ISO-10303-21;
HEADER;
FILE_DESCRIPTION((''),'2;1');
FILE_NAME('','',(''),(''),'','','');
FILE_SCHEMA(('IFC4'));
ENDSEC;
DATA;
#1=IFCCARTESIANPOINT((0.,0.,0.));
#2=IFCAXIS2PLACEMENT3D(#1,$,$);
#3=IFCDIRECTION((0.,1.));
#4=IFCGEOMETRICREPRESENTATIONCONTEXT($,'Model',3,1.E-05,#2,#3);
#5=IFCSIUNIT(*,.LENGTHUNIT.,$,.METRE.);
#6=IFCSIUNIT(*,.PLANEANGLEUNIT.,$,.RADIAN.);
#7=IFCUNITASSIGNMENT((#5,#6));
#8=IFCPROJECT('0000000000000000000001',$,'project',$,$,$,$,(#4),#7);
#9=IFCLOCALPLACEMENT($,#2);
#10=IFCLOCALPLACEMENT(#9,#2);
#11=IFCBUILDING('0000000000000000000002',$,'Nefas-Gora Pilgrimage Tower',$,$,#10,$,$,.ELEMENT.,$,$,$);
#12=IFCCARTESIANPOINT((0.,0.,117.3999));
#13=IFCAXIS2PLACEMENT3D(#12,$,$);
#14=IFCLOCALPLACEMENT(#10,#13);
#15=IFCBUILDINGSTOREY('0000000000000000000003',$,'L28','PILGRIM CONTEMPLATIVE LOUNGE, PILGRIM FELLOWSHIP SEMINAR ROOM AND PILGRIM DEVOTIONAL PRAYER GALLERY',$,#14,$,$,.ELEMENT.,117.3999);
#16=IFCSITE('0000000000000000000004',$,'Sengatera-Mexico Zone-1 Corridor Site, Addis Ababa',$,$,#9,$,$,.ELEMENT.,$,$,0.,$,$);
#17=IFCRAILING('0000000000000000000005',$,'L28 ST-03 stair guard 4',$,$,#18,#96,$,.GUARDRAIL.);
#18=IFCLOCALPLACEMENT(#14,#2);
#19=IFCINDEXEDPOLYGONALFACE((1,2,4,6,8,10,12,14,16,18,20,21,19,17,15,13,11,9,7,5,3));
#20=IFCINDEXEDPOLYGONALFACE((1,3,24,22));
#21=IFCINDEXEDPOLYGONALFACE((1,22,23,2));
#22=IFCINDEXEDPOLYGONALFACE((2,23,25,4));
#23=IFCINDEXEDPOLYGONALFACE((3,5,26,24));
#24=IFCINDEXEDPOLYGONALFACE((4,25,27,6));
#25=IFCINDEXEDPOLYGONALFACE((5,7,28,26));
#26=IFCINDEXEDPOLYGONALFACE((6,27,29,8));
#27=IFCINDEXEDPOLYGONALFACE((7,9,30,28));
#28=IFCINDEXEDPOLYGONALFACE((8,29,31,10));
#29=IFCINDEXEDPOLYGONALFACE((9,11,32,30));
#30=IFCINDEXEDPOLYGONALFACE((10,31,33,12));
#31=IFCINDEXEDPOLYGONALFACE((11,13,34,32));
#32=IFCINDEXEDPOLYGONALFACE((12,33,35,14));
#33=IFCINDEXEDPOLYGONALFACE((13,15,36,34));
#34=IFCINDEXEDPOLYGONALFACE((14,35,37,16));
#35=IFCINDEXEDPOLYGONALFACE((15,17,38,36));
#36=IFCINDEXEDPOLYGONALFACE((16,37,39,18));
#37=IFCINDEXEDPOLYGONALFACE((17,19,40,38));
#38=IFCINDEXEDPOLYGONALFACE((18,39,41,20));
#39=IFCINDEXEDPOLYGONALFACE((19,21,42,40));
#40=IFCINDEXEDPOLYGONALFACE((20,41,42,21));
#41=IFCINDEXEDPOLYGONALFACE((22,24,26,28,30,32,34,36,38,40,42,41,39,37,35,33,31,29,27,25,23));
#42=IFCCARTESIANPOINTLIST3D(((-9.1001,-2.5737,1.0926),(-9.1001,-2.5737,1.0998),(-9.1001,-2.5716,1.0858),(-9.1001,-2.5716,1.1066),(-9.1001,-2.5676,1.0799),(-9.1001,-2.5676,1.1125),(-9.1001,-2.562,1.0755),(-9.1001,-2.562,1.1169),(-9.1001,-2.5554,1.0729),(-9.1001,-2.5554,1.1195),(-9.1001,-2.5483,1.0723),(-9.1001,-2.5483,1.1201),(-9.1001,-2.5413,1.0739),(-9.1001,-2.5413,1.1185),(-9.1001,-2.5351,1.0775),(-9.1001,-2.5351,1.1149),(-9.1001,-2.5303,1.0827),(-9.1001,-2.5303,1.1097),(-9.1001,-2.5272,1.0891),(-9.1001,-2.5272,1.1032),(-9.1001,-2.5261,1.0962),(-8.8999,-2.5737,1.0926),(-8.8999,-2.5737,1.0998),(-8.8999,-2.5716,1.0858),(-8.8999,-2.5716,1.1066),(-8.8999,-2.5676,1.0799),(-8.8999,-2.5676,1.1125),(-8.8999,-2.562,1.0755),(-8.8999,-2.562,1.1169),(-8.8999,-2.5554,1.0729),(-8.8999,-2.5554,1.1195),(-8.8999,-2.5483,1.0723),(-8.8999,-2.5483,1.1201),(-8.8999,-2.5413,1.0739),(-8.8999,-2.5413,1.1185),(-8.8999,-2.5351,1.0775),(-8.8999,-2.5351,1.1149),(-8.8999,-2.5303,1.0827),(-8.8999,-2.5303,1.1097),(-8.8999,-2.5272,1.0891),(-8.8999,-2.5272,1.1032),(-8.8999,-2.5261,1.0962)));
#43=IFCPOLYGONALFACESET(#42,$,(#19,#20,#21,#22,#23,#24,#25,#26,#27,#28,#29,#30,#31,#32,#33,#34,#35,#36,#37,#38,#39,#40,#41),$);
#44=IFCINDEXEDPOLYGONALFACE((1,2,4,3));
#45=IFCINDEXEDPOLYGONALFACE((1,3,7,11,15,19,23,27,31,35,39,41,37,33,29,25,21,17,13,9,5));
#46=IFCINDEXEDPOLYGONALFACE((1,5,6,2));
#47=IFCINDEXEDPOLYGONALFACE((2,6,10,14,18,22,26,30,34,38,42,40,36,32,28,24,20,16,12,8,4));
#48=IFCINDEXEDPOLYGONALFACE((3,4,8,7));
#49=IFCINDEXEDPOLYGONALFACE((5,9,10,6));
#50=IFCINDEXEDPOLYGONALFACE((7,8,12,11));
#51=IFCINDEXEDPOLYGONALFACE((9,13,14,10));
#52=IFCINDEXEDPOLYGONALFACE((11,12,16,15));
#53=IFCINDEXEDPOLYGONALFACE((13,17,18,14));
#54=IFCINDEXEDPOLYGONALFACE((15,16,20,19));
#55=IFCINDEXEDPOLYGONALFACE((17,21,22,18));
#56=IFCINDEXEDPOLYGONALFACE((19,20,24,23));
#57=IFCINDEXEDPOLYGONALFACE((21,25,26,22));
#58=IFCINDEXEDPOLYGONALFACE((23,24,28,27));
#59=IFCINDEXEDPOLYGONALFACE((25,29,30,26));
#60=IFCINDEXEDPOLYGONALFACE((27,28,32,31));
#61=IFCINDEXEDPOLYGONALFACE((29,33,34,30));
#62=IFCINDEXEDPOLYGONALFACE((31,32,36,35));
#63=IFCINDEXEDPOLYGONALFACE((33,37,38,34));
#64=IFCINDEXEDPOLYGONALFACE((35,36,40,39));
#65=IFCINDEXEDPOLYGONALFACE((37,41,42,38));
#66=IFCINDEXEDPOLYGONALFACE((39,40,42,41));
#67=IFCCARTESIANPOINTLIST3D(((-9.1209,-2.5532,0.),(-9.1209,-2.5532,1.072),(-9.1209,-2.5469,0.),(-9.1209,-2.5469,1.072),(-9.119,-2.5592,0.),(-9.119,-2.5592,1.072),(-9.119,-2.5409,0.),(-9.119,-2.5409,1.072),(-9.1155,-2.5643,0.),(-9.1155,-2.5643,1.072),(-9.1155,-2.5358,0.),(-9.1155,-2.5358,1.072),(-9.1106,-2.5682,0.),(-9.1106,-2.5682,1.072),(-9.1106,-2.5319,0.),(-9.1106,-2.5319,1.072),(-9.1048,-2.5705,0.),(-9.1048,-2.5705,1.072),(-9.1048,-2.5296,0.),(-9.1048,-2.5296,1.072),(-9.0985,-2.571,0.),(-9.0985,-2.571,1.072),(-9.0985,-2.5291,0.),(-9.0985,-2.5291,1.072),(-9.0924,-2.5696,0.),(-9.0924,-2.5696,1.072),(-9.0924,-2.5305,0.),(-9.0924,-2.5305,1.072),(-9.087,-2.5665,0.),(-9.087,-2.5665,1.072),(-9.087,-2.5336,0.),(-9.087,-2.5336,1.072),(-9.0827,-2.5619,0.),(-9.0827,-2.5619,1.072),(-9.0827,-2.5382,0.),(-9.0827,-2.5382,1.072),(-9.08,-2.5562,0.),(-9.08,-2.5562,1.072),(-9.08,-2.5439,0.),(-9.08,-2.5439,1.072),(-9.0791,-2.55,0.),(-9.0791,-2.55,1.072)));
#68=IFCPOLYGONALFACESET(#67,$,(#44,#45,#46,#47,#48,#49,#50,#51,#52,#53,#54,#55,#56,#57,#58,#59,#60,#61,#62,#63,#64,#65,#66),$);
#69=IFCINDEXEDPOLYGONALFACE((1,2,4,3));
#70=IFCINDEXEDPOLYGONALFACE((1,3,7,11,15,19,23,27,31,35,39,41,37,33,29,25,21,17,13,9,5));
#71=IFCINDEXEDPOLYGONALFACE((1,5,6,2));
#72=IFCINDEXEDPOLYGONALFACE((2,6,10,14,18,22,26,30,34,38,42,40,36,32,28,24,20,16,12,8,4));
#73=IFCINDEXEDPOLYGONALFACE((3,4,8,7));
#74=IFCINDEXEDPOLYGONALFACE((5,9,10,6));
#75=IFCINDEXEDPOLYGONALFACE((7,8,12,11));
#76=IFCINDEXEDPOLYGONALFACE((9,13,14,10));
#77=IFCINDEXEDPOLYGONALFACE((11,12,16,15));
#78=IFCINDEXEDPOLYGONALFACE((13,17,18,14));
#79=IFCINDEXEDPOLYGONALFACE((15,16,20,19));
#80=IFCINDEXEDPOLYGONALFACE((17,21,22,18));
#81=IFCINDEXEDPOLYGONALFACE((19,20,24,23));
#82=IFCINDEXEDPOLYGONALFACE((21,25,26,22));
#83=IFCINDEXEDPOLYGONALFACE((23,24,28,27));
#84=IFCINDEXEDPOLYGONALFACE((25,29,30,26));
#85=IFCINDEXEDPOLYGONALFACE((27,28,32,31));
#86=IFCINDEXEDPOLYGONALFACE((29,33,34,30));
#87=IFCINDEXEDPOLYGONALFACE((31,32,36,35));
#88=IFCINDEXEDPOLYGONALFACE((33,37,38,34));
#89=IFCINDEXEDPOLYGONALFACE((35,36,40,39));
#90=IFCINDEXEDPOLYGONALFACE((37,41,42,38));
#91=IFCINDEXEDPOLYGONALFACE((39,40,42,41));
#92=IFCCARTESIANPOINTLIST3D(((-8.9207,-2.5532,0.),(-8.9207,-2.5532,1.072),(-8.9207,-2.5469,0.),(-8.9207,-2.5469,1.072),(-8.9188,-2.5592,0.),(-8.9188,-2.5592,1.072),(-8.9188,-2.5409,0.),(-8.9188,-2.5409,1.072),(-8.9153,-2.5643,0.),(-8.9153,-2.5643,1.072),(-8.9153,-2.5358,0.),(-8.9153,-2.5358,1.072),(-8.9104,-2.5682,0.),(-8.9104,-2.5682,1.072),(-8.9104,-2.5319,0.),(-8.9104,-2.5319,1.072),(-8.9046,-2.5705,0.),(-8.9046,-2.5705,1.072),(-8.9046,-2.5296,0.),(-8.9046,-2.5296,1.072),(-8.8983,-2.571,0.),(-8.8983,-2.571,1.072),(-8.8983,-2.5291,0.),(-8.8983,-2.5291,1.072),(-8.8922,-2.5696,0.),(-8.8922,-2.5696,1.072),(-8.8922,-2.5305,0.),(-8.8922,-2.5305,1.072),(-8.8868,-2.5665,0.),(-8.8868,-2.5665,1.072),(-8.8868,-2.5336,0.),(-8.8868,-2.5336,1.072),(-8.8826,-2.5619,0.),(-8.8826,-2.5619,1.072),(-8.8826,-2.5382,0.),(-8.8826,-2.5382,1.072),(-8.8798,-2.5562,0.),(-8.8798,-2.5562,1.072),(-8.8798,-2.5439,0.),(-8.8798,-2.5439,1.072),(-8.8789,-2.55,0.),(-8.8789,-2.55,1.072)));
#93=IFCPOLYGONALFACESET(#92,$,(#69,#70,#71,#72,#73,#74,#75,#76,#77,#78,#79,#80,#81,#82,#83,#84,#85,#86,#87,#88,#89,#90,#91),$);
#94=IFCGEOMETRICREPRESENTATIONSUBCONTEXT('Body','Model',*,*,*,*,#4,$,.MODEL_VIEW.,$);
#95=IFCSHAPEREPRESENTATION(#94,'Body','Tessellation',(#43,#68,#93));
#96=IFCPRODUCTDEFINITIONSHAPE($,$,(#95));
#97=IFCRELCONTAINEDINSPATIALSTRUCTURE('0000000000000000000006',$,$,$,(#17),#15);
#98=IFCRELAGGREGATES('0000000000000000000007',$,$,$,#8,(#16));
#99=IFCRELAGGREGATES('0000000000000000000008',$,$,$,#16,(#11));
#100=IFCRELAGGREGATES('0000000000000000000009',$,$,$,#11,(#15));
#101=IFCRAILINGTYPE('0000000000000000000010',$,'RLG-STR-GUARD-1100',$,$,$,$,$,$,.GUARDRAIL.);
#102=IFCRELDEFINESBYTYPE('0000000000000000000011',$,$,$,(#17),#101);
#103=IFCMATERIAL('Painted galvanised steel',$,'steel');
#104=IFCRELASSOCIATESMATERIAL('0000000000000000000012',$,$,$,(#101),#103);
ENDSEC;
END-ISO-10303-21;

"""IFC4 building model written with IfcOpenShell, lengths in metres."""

from ifc_helpers import new_model, si_unit, direction, frame, origin, origin_2d, place, context, subcontext, project, spatial, circle, extrude, material, type_object, element, save


model = new_model("IFC4")

# Units and contexts
model_context = context("Model", 3, precision=1e-05, world=origin(), true_north=direction((0.0, 1.0)))
body_context = subcontext(model_context, "Body", "Model", "MODEL_VIEW")
ifc_project = project(units=[si_unit("LENGTHUNIT", "METRE"), si_unit("PLANEANGLEUNIT", "RADIAN")], contexts=[model_context])

# Site, building, storey
site_placement = place(None, origin())
site = spatial("IfcSite", under=ifc_project, at=site_placement, Name="Sengatera-Mexico Zone-1 Corridor Site, Addis Ababa", CompositionType="ELEMENT", RefElevation=0.0)
building_placement = place(site_placement, origin())
building = spatial("IfcBuilding", under=site, at=building_placement, Name="Nefas-Gora Pilgrimage Tower", CompositionType="ELEMENT")
storey_placement = place(building_placement, frame((0.0, 0.0, 117.3999)))
storey = spatial("IfcBuildingStorey", under=building, at=storey_placement, Name="L28", Description="PILGRIM CONTEMPLATIVE LOUNGE, PILGRIM FELLOWSHIP SEMINAR ROOM AND PILGRIM DEVOTIONAL PRAYER GALLERY", CompositionType="ELEMENT", Elevation=117.3999)

# Railing
ifc_material_1 = material(Name="Painted galvanised steel", Category="steel")
railing_type_1 = type_object("IfcRailingType", Name="RLG-STR-GUARD-1100", PredefinedType="GUARDRAIL", material=ifc_material_1)
railing_1_placement = place(storey_placement, frame((-9.1001, -2.55, 0.0)))
element("IfcRailing", 1, at=railing_1_placement, inside=storey, type_object=railing_type_1, Name="L28 ST-03 stair guard 4", PredefinedType="GUARDRAIL", context=body_context, shape_type="SweptSolid", body=[
    extrude(circle(Radius=0.0239, at=origin_2d()), frame((0.0, 0.0, 1.0962), z_axis=(1.0, 0.0, 0.0), x_axis=(0.0, 1.0, 0.0)), (0.0, 0.0, 1.0), 0.2002),
    extrude(circle(Radius=0.021, at=origin_2d()), origin(), (0.0, 0.0, 1.0), 1.072),
    extrude(circle(Radius=0.021, at=origin_2d()), frame((0.2002, 0.0, 0.0)), (0.0, 0.0, 1.0), 1.072),
])

save(model, "model.ifc")
